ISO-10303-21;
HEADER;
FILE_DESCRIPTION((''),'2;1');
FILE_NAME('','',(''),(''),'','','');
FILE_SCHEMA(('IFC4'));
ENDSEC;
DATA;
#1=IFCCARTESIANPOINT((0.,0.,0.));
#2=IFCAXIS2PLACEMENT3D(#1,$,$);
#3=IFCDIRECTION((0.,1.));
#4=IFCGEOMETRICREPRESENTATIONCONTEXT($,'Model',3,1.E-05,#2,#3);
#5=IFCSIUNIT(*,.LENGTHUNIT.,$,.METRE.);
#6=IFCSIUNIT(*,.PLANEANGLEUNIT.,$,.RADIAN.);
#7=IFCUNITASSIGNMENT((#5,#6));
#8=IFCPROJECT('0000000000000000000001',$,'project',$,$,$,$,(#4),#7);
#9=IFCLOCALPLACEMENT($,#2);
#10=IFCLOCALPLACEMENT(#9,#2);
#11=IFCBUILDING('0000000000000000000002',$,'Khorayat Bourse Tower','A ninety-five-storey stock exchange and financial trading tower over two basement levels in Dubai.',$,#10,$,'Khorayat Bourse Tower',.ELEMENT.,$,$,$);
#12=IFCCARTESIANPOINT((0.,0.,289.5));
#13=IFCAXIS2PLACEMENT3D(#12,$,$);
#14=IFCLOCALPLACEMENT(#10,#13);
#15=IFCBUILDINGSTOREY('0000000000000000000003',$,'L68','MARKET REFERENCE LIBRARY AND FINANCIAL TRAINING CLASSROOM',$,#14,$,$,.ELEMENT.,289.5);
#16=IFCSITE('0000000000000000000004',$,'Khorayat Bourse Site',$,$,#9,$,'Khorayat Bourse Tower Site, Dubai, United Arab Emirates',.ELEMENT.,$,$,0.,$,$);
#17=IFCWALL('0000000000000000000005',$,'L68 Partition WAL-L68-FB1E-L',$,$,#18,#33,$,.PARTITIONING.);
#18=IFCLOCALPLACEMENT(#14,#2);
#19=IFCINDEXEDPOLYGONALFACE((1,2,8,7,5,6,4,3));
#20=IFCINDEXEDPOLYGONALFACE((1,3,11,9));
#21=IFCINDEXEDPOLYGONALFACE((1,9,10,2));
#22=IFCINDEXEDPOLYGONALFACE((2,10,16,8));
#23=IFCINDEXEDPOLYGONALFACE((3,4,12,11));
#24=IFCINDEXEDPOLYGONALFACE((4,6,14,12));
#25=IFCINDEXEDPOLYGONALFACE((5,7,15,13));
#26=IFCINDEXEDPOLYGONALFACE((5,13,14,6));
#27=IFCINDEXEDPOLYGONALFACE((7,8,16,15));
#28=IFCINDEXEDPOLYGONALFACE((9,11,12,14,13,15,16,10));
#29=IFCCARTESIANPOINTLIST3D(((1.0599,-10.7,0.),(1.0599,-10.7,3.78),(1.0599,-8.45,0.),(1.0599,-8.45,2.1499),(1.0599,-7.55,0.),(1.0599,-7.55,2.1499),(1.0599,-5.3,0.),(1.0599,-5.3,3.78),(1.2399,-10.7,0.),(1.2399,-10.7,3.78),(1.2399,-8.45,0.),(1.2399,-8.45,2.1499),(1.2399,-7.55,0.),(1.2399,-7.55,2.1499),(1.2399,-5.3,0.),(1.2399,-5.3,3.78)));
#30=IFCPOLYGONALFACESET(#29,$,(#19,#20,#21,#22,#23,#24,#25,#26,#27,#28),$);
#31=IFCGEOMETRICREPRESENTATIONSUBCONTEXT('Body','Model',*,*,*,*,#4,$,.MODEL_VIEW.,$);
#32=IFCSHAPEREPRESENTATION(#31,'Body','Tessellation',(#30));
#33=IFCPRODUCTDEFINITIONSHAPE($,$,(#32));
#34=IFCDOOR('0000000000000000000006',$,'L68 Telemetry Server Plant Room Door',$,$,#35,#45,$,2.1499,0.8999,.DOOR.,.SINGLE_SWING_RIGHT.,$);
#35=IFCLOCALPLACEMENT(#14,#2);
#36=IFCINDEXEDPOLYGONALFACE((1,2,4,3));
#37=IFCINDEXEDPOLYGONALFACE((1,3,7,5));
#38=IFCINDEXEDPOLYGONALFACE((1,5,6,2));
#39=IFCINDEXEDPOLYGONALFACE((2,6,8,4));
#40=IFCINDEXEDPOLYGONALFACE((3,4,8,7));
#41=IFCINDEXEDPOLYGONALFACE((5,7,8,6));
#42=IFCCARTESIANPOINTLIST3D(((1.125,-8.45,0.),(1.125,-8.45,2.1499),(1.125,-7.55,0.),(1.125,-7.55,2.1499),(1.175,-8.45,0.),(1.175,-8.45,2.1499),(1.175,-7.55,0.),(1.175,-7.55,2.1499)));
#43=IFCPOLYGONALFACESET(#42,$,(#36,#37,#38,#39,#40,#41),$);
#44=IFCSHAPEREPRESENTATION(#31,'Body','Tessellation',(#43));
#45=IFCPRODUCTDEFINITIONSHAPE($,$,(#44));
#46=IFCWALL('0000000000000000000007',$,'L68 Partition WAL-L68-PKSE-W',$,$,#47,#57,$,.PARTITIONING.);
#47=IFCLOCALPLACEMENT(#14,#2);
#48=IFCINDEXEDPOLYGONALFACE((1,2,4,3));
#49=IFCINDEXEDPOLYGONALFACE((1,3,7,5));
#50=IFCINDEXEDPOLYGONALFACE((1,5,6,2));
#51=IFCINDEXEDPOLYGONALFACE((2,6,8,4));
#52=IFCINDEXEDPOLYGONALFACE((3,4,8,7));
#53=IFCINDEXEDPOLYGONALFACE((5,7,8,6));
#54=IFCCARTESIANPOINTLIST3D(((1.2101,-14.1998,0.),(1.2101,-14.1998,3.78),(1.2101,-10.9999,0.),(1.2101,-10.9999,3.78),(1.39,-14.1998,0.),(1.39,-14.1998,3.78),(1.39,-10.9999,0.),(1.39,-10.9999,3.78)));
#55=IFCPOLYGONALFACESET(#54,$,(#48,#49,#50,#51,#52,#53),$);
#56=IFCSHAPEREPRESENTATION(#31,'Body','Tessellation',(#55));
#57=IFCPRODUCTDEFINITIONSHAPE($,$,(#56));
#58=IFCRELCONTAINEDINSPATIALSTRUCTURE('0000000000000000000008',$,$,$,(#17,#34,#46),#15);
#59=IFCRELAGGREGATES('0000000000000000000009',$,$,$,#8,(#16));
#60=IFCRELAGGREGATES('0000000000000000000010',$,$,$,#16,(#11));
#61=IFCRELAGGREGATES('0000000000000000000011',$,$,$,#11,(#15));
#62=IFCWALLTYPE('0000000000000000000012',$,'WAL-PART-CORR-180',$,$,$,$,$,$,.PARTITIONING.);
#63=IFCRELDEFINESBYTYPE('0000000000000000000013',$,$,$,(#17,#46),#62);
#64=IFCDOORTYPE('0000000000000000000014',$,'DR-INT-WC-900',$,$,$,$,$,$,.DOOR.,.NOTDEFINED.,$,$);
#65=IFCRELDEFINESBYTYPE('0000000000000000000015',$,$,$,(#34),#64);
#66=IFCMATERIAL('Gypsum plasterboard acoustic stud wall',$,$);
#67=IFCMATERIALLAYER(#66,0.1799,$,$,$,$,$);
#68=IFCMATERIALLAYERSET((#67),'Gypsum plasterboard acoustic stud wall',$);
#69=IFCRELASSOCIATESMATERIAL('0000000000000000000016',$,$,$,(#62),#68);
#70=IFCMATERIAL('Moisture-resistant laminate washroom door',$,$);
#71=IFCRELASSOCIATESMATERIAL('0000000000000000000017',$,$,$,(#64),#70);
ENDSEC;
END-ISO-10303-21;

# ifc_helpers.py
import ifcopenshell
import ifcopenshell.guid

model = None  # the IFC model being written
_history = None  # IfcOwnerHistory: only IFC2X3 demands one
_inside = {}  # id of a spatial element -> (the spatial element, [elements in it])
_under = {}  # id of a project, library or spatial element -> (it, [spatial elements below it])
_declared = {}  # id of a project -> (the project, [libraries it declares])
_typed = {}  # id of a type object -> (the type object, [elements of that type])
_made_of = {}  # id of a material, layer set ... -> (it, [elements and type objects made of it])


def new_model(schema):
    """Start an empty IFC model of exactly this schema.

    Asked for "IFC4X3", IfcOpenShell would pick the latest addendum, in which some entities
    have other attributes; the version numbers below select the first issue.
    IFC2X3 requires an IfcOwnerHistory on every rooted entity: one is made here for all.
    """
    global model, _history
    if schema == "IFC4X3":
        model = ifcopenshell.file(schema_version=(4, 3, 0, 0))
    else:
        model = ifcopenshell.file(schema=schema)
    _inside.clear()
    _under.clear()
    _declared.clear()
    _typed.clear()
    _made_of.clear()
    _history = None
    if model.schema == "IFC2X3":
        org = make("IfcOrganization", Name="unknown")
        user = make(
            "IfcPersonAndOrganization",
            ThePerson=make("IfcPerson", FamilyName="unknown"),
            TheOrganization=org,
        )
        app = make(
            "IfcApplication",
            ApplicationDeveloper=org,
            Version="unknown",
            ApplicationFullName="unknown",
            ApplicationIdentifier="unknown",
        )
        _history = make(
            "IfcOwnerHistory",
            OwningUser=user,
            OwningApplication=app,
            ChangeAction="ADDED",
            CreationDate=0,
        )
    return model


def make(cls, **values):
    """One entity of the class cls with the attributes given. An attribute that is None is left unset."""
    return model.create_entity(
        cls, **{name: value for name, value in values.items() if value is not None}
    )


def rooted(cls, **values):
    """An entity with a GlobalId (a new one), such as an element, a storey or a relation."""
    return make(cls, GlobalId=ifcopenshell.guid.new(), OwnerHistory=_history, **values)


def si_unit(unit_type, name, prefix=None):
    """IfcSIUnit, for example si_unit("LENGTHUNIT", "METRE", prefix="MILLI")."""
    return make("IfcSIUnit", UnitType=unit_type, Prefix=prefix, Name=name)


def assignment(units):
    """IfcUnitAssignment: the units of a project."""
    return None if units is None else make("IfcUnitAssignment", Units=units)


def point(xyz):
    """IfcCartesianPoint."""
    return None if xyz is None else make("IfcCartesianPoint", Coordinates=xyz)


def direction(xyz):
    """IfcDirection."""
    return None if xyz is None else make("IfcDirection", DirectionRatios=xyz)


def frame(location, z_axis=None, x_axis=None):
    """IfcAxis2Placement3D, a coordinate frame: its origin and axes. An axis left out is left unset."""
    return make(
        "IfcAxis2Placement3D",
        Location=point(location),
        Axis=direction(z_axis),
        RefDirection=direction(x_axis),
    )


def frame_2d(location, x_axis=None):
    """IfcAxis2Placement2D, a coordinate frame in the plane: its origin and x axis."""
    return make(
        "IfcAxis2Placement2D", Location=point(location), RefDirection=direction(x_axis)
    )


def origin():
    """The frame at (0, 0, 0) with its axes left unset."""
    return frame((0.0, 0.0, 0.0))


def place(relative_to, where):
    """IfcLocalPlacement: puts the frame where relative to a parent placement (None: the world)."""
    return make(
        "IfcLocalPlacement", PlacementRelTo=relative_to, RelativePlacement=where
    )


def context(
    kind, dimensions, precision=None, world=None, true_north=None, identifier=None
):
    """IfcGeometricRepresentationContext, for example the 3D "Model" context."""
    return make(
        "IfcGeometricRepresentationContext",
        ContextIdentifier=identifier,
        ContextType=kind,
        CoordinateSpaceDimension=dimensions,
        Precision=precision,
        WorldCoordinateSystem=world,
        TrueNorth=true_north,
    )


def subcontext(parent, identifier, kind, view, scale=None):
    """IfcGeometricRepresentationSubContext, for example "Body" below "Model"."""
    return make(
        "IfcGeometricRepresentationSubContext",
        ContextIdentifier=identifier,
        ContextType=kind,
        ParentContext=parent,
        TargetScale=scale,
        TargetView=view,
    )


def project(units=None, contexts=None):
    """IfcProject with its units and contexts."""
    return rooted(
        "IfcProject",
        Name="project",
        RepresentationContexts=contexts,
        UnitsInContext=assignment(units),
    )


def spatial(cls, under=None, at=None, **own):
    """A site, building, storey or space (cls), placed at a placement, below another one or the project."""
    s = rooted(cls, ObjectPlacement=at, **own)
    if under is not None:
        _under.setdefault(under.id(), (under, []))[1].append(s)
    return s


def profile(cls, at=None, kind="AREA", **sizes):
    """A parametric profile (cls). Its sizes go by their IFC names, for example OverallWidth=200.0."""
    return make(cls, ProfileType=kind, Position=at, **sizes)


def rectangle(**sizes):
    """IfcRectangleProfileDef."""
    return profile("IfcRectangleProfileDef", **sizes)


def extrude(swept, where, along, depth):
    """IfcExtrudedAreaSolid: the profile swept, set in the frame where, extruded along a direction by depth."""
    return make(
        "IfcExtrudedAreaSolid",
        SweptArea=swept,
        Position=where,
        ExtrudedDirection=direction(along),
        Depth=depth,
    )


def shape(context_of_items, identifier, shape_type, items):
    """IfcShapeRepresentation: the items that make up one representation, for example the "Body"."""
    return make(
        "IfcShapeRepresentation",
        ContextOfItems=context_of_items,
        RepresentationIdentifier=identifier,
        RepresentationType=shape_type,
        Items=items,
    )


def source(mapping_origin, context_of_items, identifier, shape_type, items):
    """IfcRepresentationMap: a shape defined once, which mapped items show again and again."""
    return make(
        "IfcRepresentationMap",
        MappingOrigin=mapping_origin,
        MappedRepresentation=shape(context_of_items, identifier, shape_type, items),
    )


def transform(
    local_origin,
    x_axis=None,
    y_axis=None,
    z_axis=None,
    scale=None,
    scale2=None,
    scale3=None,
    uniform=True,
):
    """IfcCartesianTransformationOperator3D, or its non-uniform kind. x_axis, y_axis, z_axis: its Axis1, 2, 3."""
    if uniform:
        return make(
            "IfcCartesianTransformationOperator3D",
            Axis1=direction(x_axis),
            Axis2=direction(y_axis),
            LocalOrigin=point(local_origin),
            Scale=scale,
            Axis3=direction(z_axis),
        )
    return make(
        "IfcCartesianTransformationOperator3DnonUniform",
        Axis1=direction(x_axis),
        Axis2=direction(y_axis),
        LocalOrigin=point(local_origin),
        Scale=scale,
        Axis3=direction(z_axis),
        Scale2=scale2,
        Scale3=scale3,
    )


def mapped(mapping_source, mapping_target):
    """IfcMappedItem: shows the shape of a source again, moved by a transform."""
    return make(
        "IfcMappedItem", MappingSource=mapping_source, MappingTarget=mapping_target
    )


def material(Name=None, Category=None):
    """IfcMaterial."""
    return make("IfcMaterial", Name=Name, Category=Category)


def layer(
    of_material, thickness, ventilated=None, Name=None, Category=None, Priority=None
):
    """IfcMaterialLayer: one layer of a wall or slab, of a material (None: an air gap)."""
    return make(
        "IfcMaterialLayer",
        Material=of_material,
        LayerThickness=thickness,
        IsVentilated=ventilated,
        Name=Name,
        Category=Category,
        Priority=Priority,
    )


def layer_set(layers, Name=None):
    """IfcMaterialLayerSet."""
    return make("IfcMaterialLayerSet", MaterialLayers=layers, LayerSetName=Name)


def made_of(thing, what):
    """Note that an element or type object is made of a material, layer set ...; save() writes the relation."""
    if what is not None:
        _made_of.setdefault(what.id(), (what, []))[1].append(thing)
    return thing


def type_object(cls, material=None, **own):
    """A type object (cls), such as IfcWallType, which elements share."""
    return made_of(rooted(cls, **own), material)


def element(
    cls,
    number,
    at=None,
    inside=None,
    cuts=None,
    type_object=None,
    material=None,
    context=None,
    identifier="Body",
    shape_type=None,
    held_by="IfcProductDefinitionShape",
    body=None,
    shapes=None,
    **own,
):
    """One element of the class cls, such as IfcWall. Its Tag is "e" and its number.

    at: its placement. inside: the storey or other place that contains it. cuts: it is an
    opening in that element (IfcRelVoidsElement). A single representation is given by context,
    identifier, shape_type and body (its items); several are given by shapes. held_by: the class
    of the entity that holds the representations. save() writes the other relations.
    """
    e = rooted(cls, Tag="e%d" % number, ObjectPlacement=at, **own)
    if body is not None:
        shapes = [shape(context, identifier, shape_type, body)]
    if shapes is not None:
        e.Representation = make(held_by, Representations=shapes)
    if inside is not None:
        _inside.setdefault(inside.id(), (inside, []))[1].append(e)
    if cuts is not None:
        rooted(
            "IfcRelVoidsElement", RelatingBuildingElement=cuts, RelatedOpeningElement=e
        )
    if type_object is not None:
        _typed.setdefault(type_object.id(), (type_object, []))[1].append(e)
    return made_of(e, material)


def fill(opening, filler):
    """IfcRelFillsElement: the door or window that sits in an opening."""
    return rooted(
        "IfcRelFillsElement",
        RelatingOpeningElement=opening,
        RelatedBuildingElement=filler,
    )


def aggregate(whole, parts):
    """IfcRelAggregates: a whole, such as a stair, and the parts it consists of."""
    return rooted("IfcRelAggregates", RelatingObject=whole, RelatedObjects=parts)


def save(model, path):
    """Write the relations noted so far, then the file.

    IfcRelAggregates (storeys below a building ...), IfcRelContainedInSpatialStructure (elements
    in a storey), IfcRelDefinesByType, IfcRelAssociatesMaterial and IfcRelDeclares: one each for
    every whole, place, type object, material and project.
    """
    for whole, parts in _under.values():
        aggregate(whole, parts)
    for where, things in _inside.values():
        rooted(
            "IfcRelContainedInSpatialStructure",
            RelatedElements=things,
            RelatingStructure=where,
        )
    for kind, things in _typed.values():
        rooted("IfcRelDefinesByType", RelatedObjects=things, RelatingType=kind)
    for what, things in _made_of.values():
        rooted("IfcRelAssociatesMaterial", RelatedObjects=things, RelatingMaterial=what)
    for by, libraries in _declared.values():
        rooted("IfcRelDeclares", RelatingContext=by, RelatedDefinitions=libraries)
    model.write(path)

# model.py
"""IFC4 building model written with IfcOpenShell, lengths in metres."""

from ifc_helpers import new_model, si_unit, direction, frame, frame_2d, origin, place, context, subcontext, project, spatial, rectangle, extrude, source, transform, mapped, material, layer, layer_set, type_object, element, fill, save


model = new_model("IFC4")

# Units and contexts
model_context = context("Model", 3, precision=1e-05, world=origin(), true_north=direction((0.0, 1.0)))
body_context = subcontext(model_context, "Body", "Model", "MODEL_VIEW")
ifc_project = project(units=[si_unit("LENGTHUNIT", "METRE"), si_unit("PLANEANGLEUNIT", "RADIAN")], contexts=[model_context])

# Site, building, storey
site_placement = place(None, origin())
site = spatial("IfcSite", under=ifc_project, at=site_placement, Name="Khorayat Bourse Site", LongName="Khorayat Bourse Tower Site, Dubai, United Arab Emirates", CompositionType="ELEMENT", RefElevation=0.0)
building_placement = place(site_placement, origin())
building = spatial("IfcBuilding", under=site, at=building_placement, Name="Khorayat Bourse Tower", Description="A ninety-five-storey stock exchange and financial trading tower over two basement levels in Dubai.", LongName="Khorayat Bourse Tower", CompositionType="ELEMENT")
storey_placement = place(building_placement, frame((0.0, 0.0, 289.5)))
storey = spatial("IfcBuildingStorey", under=building, at=storey_placement, Name="L68", Description="MARKET REFERENCE LIBRARY AND FINANCIAL TRAINING CLASSROOM", CompositionType="ELEMENT", Elevation=289.5)

# Shared definitions
ifc_material_1 = material(Name="Gypsum plasterboard acoustic stud wall")
ifc_layer_1 = layer(ifc_material_1, 0.1799)
ifc_layer_set_1 = layer_set([ifc_layer_1], Name="Gypsum plasterboard acoustic stud wall")
wall_type_1 = type_object("IfcWallType", Name="WAL-PART-CORR-180", PredefinedType="PARTITIONING", material=ifc_layer_set_1)
shared_shape_1 = source(origin(), body_context, "Body", "SweptSolid", [
    extrude(rectangle(XDim=5.3999, YDim=0.1799, at=frame_2d((2.7, 0.0))), origin(), (0.0, 0.0, 1.0), 3.78),
])
shared_shape_2 = source(origin(), body_context, "Body", "SweptSolid", [
    extrude(rectangle(XDim=0.8999, YDim=2.1499, at=frame_2d((0.45, 1.075))), frame((0.0, 0.0999, 0.0), z_axis=(0.0, -1.0, 0.0), x_axis=(1.0, 0.0, 0.0)), (0.0, 0.0, 1.0), 0.2),
])
ifc_material_2 = material(Name="Moisture-resistant laminate washroom door")
door_type = type_object("IfcDoorType", Name="DR-INT-WC-900", OperationType="NOTDEFINED", PredefinedType="DOOR", material=ifc_material_2)
shared_shape_3 = source(origin(), body_context, "Body", "SweptSolid", [
    extrude(rectangle(XDim=0.8999, YDim=2.1499, at=frame_2d((0.45, 1.075))), frame((0.0, 0.0249, 0.0), z_axis=(0.0, -1.0, 0.0), x_axis=(1.0, 0.0, 0.0)), (0.0, 0.0, 1.0), 0.05),
])

# Wall, opening, door
wall_1_placement = place(storey_placement, frame((1.1499, -10.7, 0.0), z_axis=(0.0, 0.0, 1.0), x_axis=(0.0, 1.0, 0.0)))
wall_1 = element("IfcWall", 1, at=wall_1_placement, inside=storey, type_object=wall_type_1, Name="L68 Partition WAL-L68-FB1E-L", PredefinedType="PARTITIONING", context=body_context, shape_type="MappedRepresentation", body=[
    mapped(shared_shape_1, transform((0.0, 0.0, 0.0), scale=1.0)),
])
opening_1_placement = place(wall_1_placement, frame((2.25, 0.0, 0.0)))
opening_1 = element("IfcOpeningElement", 2, at=opening_1_placement, cuts=wall_1, PredefinedType="OPENING", context=body_context, shape_type="MappedRepresentation", body=[
    mapped(shared_shape_2, transform((0.0, 0.0, 0.0), scale=1.0)),
])
door_1_placement = place(opening_1_placement, origin())
door_1 = element("IfcDoor", 3, at=door_1_placement, inside=storey, type_object=door_type, Name="L68 Telemetry Server Plant Room Door", OperationType="SINGLE_SWING_RIGHT", OverallHeight=2.1499, OverallWidth=0.8999, PredefinedType="DOOR", context=body_context, shape_type="MappedRepresentation", body=[
    mapped(shared_shape_3, transform((0.0, 0.0, 0.0), scale=1.0)),
])
fill(opening_1, door_1)

# Wall
shared_shape_4 = source(origin(), body_context, "Body", "SweptSolid", [
    extrude(rectangle(XDim=3.2, YDim=0.1799, at=frame_2d((1.6001, 0.0))), origin(), (0.0, 0.0, 1.0), 3.78),
])
wall_2_placement = place(storey_placement, frame((1.3, -14.2, 0.0), z_axis=(0.0, 0.0, 1.0), x_axis=(0.0, 1.0, 0.0)))
element("IfcWall", 4, at=wall_2_placement, inside=storey, type_object=wall_type_1, Name="L68 Partition WAL-L68-PKSE-W", PredefinedType="PARTITIONING", context=body_context, shape_type="MappedRepresentation", body=[
    mapped(shared_shape_4, transform((0.0, 0.0, 0.0), scale=1.0)),
])

save(model, "model.ifc")
